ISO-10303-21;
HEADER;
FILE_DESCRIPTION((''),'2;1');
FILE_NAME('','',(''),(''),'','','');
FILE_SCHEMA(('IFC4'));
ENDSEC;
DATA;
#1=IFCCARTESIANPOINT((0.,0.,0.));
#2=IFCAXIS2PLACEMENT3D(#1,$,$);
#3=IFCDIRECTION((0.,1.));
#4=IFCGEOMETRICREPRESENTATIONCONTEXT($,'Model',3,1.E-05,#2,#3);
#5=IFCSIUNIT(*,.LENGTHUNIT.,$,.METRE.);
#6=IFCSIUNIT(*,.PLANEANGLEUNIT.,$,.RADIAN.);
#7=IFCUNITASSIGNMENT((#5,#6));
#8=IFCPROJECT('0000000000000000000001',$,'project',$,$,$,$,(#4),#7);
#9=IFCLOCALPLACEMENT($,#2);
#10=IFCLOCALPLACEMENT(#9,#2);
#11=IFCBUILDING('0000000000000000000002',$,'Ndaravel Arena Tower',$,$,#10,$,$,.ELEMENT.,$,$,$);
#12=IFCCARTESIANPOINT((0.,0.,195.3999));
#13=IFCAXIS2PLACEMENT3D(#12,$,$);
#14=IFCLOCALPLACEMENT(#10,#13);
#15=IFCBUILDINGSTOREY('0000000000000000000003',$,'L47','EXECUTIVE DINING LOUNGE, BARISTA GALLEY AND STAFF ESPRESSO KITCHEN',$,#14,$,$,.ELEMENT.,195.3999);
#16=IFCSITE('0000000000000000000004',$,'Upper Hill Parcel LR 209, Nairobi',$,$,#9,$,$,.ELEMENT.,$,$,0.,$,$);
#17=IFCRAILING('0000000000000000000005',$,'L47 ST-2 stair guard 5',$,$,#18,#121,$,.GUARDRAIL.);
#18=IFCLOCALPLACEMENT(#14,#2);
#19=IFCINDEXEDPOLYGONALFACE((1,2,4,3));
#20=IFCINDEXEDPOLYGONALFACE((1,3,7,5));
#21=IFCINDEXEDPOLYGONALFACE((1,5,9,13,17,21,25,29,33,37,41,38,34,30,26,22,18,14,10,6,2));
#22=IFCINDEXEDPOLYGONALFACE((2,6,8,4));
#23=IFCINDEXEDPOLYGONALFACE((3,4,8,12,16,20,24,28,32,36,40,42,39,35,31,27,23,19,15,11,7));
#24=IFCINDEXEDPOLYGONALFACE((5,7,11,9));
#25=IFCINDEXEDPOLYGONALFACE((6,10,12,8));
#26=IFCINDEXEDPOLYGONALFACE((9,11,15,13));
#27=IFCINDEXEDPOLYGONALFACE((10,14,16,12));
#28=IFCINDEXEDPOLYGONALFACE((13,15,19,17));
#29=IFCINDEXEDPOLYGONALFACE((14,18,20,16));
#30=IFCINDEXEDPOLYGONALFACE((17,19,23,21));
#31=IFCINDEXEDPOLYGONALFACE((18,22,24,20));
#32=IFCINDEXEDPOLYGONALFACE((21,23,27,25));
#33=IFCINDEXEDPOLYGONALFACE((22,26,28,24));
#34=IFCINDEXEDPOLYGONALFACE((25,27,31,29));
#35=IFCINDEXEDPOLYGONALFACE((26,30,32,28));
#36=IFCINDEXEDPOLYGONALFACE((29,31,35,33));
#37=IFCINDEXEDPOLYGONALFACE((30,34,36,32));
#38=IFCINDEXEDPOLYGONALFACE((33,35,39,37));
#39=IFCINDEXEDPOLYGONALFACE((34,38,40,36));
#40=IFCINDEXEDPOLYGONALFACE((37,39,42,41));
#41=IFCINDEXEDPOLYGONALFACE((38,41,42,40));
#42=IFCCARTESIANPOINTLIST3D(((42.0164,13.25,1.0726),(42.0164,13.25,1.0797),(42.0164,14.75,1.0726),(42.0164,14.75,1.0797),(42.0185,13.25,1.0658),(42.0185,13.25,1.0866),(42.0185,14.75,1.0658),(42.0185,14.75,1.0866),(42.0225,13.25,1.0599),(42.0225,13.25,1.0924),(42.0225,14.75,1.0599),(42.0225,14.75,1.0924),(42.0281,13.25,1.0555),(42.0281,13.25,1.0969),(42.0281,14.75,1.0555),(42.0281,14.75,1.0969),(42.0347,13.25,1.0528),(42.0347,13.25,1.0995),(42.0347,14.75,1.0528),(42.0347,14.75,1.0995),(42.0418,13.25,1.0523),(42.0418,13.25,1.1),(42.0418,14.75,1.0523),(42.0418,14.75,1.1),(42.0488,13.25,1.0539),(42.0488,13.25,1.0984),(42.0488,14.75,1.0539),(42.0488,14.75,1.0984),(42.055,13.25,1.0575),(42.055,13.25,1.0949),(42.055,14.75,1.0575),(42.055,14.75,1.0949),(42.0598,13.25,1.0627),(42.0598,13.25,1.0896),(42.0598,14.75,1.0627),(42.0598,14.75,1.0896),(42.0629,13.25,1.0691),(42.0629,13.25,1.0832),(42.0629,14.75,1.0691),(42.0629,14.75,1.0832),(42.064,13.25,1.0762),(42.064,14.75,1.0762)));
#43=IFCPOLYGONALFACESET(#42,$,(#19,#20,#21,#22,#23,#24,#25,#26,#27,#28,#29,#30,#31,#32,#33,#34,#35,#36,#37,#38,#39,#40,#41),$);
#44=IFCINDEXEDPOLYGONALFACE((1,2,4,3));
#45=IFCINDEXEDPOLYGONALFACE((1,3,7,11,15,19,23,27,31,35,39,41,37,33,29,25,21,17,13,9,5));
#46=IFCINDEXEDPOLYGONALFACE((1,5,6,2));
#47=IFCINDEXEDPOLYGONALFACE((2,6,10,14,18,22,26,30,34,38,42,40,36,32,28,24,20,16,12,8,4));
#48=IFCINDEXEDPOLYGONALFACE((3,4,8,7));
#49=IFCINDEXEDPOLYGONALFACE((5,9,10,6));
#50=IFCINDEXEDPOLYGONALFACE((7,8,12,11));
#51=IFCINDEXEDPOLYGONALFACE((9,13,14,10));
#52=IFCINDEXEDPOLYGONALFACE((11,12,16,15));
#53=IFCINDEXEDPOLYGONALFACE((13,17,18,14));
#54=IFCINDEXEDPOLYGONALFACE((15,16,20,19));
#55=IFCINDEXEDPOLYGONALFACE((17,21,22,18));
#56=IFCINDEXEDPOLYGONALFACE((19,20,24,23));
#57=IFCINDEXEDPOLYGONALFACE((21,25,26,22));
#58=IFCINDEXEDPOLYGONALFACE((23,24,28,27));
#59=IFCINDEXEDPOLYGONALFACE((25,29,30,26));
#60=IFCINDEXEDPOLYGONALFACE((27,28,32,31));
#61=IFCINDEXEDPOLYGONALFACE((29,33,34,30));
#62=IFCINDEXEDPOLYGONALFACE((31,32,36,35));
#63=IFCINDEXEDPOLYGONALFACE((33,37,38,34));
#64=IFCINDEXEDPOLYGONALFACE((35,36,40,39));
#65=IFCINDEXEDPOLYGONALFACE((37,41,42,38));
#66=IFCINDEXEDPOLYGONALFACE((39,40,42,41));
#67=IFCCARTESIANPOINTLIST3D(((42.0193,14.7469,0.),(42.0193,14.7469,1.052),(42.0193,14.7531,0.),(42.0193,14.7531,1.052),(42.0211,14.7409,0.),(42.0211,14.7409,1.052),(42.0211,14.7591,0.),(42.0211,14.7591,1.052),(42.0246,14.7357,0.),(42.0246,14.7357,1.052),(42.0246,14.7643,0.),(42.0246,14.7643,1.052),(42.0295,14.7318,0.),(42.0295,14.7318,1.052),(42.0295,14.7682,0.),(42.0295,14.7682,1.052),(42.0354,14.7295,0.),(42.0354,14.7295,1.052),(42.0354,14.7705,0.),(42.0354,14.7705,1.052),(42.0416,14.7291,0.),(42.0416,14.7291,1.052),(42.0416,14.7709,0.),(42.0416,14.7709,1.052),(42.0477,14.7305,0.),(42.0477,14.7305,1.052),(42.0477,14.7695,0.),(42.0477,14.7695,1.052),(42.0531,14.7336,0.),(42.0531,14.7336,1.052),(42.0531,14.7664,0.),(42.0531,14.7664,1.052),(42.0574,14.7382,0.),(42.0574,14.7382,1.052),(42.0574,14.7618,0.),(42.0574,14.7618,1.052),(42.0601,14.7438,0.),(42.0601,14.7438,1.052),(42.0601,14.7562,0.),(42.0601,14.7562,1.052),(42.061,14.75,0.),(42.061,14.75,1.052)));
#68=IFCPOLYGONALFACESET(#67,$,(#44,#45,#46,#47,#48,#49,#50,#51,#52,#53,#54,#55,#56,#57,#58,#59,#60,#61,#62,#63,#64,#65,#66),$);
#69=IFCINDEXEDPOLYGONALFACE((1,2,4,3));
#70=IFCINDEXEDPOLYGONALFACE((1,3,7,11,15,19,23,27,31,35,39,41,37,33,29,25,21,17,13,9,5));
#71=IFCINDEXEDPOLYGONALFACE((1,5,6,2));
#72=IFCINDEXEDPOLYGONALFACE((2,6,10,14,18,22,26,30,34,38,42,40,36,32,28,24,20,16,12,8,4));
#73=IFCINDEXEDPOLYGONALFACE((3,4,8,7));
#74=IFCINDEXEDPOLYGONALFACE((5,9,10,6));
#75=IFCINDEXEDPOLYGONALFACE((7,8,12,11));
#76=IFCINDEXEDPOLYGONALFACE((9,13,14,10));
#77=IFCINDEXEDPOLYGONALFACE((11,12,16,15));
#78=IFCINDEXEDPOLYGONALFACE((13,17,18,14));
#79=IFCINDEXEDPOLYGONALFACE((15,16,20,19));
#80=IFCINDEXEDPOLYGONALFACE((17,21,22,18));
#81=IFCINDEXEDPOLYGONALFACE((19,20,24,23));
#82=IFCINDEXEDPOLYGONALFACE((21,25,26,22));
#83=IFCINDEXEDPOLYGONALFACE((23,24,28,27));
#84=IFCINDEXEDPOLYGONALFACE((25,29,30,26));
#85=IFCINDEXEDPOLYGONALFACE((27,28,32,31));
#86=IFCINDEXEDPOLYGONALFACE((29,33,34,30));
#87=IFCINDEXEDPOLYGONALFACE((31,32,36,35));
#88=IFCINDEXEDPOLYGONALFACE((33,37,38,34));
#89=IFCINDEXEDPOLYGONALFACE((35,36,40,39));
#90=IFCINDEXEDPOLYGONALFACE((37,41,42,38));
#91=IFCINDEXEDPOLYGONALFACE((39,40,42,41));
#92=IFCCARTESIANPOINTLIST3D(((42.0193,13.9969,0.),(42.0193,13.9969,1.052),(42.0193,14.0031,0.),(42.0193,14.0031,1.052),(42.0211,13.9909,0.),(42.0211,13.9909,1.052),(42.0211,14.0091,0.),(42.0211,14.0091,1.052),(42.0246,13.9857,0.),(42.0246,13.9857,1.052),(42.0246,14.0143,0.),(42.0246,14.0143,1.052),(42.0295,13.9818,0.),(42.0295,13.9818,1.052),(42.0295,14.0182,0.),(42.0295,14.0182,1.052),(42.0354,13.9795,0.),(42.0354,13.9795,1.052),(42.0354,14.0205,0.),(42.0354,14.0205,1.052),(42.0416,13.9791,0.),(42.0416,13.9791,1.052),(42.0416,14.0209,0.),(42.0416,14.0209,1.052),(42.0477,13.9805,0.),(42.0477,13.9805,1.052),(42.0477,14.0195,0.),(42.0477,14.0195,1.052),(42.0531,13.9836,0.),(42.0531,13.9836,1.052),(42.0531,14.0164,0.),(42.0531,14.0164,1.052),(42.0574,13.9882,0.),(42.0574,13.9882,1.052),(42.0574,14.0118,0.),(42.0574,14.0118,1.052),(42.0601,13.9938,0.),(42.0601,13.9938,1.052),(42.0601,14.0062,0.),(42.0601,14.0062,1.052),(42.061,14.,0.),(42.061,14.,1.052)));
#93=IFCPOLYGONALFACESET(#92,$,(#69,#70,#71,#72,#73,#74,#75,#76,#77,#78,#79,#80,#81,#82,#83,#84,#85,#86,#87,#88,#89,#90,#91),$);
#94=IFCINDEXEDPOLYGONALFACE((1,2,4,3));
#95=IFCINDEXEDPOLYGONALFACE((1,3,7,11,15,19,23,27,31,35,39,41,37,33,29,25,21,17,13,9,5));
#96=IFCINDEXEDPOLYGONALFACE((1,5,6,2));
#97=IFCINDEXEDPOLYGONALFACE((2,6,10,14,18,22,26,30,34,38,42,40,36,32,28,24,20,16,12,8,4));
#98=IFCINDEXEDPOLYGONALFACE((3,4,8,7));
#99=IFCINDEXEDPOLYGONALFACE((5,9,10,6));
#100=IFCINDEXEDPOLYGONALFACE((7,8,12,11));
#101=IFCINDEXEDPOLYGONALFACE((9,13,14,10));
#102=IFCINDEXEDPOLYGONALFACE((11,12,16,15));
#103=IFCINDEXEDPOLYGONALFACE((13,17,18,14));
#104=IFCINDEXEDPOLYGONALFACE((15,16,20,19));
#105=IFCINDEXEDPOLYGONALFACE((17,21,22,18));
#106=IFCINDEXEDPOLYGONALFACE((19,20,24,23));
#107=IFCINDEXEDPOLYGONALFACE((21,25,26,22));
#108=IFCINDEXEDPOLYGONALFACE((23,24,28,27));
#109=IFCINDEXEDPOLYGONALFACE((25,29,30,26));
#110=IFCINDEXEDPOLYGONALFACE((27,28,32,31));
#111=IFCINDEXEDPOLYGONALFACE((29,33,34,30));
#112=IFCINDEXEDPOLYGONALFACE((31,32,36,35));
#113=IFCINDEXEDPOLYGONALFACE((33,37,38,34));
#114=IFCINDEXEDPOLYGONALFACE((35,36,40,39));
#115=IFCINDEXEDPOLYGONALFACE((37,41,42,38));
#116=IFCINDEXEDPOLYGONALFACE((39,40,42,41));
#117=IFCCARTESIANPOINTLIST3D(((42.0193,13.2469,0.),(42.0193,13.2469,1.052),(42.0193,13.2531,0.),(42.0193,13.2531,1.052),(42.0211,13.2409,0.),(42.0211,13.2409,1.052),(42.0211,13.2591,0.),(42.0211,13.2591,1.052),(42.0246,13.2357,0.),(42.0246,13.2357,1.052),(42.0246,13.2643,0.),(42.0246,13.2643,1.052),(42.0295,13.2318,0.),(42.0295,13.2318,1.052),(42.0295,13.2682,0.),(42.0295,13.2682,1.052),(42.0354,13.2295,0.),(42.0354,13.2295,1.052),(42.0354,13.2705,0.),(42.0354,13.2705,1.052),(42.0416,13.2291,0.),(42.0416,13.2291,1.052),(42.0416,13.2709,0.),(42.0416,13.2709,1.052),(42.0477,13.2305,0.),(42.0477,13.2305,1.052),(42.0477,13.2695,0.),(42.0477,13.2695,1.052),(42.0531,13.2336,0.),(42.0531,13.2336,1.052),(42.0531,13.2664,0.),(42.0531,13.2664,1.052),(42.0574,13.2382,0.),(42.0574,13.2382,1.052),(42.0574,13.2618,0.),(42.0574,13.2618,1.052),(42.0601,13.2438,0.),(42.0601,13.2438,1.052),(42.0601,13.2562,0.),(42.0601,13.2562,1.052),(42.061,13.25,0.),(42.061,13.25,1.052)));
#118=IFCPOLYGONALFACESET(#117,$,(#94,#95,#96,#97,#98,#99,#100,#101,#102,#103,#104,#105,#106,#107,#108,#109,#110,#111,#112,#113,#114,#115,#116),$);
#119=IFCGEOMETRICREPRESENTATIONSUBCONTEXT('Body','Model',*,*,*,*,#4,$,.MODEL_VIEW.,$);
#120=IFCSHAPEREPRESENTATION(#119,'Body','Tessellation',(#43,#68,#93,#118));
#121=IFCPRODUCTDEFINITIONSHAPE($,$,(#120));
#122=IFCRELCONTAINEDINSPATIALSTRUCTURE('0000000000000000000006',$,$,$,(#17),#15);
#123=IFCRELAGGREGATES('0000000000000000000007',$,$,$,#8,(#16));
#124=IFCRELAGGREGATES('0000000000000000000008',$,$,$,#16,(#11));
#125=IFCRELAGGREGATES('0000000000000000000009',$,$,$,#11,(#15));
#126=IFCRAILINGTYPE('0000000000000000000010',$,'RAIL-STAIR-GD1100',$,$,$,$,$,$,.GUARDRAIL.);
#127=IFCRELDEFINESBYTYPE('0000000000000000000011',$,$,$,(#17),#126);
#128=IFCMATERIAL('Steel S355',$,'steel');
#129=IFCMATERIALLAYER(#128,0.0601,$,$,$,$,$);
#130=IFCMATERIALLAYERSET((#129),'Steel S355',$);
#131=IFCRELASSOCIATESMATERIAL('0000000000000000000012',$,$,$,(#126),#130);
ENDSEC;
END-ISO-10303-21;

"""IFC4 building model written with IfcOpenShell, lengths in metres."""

from ifc_helpers import new_model, si_unit, direction, frame, origin, origin_2d, place, context, subcontext, project, spatial, circle, extrude, material, layer, layer_set, type_object, element, save


model = new_model("IFC4")

# Units and contexts
model_context = context("Model", 3, precision=1e-05, world=origin(), true_north=direction((0.0, 1.0)))
body_context = subcontext(model_context, "Body", "Model", "MODEL_VIEW")
ifc_project = project(units=[si_unit("LENGTHUNIT", "METRE"), si_unit("PLANEANGLEUNIT", "RADIAN")], contexts=[model_context])

# Site, building, storey
site_placement = place(None, origin())
site = spatial("IfcSite", under=ifc_project, at=site_placement, Name="Upper Hill Parcel LR 209, Nairobi", CompositionType="ELEMENT", RefElevation=0.0)
building_placement = place(site_placement, origin())
building = spatial("IfcBuilding", under=site, at=building_placement, Name="Ndaravel Arena Tower", CompositionType="ELEMENT")
storey_placement = place(building_placement, frame((0.0, 0.0, 195.3999)))
storey = spatial("IfcBuildingStorey", under=building, at=storey_placement, Name="L47", Description="EXECUTIVE DINING LOUNGE, BARISTA GALLEY AND STAFF ESPRESSO KITCHEN", CompositionType="ELEMENT", Elevation=195.3999)

# Railing
ifc_material_1 = material(Name="Steel S355", Category="steel")
ifc_layer_1 = layer(ifc_material_1, 0.0601)
ifc_layer_set_1 = layer_set([ifc_layer_1], Name="Steel S355")
railing_type_1 = type_object("IfcRailingType", Name="RAIL-STAIR-GD1100", PredefinedType="GUARDRAIL", material=ifc_layer_set_1)
railing_1_placement = place(storey_placement, frame((42.04, 14.75, 0.0)))
element("IfcRailing", 1, at=railing_1_placement, inside=storey, type_object=railing_type_1, Name="L47 ST-2 stair guard 5", PredefinedType="GUARDRAIL", context=body_context, shape_type="SweptSolid", body=[
    extrude(circle(Radius=0.0239, at=origin_2d()), frame((0.0, 0.0, 1.0762), z_axis=(0.0, -1.0, 0.0), x_axis=(1.0, 0.0, 0.0)), (0.0, 0.0, 1.0), 1.5),
    extrude(circle(Radius=0.021, at=origin_2d()), origin(), (0.0, 0.0, 1.0), 1.052),
    extrude(circle(Radius=0.021, at=origin_2d()), frame((0.0, -0.75, 0.0)), (0.0, 0.0, 1.0), 1.052),
    extrude(circle(Radius=0.021, at=origin_2d()), frame((0.0, -1.5, 0.0)), (0.0, 0.0, 1.0), 1.052),
])

save(model, "model.ifc")
